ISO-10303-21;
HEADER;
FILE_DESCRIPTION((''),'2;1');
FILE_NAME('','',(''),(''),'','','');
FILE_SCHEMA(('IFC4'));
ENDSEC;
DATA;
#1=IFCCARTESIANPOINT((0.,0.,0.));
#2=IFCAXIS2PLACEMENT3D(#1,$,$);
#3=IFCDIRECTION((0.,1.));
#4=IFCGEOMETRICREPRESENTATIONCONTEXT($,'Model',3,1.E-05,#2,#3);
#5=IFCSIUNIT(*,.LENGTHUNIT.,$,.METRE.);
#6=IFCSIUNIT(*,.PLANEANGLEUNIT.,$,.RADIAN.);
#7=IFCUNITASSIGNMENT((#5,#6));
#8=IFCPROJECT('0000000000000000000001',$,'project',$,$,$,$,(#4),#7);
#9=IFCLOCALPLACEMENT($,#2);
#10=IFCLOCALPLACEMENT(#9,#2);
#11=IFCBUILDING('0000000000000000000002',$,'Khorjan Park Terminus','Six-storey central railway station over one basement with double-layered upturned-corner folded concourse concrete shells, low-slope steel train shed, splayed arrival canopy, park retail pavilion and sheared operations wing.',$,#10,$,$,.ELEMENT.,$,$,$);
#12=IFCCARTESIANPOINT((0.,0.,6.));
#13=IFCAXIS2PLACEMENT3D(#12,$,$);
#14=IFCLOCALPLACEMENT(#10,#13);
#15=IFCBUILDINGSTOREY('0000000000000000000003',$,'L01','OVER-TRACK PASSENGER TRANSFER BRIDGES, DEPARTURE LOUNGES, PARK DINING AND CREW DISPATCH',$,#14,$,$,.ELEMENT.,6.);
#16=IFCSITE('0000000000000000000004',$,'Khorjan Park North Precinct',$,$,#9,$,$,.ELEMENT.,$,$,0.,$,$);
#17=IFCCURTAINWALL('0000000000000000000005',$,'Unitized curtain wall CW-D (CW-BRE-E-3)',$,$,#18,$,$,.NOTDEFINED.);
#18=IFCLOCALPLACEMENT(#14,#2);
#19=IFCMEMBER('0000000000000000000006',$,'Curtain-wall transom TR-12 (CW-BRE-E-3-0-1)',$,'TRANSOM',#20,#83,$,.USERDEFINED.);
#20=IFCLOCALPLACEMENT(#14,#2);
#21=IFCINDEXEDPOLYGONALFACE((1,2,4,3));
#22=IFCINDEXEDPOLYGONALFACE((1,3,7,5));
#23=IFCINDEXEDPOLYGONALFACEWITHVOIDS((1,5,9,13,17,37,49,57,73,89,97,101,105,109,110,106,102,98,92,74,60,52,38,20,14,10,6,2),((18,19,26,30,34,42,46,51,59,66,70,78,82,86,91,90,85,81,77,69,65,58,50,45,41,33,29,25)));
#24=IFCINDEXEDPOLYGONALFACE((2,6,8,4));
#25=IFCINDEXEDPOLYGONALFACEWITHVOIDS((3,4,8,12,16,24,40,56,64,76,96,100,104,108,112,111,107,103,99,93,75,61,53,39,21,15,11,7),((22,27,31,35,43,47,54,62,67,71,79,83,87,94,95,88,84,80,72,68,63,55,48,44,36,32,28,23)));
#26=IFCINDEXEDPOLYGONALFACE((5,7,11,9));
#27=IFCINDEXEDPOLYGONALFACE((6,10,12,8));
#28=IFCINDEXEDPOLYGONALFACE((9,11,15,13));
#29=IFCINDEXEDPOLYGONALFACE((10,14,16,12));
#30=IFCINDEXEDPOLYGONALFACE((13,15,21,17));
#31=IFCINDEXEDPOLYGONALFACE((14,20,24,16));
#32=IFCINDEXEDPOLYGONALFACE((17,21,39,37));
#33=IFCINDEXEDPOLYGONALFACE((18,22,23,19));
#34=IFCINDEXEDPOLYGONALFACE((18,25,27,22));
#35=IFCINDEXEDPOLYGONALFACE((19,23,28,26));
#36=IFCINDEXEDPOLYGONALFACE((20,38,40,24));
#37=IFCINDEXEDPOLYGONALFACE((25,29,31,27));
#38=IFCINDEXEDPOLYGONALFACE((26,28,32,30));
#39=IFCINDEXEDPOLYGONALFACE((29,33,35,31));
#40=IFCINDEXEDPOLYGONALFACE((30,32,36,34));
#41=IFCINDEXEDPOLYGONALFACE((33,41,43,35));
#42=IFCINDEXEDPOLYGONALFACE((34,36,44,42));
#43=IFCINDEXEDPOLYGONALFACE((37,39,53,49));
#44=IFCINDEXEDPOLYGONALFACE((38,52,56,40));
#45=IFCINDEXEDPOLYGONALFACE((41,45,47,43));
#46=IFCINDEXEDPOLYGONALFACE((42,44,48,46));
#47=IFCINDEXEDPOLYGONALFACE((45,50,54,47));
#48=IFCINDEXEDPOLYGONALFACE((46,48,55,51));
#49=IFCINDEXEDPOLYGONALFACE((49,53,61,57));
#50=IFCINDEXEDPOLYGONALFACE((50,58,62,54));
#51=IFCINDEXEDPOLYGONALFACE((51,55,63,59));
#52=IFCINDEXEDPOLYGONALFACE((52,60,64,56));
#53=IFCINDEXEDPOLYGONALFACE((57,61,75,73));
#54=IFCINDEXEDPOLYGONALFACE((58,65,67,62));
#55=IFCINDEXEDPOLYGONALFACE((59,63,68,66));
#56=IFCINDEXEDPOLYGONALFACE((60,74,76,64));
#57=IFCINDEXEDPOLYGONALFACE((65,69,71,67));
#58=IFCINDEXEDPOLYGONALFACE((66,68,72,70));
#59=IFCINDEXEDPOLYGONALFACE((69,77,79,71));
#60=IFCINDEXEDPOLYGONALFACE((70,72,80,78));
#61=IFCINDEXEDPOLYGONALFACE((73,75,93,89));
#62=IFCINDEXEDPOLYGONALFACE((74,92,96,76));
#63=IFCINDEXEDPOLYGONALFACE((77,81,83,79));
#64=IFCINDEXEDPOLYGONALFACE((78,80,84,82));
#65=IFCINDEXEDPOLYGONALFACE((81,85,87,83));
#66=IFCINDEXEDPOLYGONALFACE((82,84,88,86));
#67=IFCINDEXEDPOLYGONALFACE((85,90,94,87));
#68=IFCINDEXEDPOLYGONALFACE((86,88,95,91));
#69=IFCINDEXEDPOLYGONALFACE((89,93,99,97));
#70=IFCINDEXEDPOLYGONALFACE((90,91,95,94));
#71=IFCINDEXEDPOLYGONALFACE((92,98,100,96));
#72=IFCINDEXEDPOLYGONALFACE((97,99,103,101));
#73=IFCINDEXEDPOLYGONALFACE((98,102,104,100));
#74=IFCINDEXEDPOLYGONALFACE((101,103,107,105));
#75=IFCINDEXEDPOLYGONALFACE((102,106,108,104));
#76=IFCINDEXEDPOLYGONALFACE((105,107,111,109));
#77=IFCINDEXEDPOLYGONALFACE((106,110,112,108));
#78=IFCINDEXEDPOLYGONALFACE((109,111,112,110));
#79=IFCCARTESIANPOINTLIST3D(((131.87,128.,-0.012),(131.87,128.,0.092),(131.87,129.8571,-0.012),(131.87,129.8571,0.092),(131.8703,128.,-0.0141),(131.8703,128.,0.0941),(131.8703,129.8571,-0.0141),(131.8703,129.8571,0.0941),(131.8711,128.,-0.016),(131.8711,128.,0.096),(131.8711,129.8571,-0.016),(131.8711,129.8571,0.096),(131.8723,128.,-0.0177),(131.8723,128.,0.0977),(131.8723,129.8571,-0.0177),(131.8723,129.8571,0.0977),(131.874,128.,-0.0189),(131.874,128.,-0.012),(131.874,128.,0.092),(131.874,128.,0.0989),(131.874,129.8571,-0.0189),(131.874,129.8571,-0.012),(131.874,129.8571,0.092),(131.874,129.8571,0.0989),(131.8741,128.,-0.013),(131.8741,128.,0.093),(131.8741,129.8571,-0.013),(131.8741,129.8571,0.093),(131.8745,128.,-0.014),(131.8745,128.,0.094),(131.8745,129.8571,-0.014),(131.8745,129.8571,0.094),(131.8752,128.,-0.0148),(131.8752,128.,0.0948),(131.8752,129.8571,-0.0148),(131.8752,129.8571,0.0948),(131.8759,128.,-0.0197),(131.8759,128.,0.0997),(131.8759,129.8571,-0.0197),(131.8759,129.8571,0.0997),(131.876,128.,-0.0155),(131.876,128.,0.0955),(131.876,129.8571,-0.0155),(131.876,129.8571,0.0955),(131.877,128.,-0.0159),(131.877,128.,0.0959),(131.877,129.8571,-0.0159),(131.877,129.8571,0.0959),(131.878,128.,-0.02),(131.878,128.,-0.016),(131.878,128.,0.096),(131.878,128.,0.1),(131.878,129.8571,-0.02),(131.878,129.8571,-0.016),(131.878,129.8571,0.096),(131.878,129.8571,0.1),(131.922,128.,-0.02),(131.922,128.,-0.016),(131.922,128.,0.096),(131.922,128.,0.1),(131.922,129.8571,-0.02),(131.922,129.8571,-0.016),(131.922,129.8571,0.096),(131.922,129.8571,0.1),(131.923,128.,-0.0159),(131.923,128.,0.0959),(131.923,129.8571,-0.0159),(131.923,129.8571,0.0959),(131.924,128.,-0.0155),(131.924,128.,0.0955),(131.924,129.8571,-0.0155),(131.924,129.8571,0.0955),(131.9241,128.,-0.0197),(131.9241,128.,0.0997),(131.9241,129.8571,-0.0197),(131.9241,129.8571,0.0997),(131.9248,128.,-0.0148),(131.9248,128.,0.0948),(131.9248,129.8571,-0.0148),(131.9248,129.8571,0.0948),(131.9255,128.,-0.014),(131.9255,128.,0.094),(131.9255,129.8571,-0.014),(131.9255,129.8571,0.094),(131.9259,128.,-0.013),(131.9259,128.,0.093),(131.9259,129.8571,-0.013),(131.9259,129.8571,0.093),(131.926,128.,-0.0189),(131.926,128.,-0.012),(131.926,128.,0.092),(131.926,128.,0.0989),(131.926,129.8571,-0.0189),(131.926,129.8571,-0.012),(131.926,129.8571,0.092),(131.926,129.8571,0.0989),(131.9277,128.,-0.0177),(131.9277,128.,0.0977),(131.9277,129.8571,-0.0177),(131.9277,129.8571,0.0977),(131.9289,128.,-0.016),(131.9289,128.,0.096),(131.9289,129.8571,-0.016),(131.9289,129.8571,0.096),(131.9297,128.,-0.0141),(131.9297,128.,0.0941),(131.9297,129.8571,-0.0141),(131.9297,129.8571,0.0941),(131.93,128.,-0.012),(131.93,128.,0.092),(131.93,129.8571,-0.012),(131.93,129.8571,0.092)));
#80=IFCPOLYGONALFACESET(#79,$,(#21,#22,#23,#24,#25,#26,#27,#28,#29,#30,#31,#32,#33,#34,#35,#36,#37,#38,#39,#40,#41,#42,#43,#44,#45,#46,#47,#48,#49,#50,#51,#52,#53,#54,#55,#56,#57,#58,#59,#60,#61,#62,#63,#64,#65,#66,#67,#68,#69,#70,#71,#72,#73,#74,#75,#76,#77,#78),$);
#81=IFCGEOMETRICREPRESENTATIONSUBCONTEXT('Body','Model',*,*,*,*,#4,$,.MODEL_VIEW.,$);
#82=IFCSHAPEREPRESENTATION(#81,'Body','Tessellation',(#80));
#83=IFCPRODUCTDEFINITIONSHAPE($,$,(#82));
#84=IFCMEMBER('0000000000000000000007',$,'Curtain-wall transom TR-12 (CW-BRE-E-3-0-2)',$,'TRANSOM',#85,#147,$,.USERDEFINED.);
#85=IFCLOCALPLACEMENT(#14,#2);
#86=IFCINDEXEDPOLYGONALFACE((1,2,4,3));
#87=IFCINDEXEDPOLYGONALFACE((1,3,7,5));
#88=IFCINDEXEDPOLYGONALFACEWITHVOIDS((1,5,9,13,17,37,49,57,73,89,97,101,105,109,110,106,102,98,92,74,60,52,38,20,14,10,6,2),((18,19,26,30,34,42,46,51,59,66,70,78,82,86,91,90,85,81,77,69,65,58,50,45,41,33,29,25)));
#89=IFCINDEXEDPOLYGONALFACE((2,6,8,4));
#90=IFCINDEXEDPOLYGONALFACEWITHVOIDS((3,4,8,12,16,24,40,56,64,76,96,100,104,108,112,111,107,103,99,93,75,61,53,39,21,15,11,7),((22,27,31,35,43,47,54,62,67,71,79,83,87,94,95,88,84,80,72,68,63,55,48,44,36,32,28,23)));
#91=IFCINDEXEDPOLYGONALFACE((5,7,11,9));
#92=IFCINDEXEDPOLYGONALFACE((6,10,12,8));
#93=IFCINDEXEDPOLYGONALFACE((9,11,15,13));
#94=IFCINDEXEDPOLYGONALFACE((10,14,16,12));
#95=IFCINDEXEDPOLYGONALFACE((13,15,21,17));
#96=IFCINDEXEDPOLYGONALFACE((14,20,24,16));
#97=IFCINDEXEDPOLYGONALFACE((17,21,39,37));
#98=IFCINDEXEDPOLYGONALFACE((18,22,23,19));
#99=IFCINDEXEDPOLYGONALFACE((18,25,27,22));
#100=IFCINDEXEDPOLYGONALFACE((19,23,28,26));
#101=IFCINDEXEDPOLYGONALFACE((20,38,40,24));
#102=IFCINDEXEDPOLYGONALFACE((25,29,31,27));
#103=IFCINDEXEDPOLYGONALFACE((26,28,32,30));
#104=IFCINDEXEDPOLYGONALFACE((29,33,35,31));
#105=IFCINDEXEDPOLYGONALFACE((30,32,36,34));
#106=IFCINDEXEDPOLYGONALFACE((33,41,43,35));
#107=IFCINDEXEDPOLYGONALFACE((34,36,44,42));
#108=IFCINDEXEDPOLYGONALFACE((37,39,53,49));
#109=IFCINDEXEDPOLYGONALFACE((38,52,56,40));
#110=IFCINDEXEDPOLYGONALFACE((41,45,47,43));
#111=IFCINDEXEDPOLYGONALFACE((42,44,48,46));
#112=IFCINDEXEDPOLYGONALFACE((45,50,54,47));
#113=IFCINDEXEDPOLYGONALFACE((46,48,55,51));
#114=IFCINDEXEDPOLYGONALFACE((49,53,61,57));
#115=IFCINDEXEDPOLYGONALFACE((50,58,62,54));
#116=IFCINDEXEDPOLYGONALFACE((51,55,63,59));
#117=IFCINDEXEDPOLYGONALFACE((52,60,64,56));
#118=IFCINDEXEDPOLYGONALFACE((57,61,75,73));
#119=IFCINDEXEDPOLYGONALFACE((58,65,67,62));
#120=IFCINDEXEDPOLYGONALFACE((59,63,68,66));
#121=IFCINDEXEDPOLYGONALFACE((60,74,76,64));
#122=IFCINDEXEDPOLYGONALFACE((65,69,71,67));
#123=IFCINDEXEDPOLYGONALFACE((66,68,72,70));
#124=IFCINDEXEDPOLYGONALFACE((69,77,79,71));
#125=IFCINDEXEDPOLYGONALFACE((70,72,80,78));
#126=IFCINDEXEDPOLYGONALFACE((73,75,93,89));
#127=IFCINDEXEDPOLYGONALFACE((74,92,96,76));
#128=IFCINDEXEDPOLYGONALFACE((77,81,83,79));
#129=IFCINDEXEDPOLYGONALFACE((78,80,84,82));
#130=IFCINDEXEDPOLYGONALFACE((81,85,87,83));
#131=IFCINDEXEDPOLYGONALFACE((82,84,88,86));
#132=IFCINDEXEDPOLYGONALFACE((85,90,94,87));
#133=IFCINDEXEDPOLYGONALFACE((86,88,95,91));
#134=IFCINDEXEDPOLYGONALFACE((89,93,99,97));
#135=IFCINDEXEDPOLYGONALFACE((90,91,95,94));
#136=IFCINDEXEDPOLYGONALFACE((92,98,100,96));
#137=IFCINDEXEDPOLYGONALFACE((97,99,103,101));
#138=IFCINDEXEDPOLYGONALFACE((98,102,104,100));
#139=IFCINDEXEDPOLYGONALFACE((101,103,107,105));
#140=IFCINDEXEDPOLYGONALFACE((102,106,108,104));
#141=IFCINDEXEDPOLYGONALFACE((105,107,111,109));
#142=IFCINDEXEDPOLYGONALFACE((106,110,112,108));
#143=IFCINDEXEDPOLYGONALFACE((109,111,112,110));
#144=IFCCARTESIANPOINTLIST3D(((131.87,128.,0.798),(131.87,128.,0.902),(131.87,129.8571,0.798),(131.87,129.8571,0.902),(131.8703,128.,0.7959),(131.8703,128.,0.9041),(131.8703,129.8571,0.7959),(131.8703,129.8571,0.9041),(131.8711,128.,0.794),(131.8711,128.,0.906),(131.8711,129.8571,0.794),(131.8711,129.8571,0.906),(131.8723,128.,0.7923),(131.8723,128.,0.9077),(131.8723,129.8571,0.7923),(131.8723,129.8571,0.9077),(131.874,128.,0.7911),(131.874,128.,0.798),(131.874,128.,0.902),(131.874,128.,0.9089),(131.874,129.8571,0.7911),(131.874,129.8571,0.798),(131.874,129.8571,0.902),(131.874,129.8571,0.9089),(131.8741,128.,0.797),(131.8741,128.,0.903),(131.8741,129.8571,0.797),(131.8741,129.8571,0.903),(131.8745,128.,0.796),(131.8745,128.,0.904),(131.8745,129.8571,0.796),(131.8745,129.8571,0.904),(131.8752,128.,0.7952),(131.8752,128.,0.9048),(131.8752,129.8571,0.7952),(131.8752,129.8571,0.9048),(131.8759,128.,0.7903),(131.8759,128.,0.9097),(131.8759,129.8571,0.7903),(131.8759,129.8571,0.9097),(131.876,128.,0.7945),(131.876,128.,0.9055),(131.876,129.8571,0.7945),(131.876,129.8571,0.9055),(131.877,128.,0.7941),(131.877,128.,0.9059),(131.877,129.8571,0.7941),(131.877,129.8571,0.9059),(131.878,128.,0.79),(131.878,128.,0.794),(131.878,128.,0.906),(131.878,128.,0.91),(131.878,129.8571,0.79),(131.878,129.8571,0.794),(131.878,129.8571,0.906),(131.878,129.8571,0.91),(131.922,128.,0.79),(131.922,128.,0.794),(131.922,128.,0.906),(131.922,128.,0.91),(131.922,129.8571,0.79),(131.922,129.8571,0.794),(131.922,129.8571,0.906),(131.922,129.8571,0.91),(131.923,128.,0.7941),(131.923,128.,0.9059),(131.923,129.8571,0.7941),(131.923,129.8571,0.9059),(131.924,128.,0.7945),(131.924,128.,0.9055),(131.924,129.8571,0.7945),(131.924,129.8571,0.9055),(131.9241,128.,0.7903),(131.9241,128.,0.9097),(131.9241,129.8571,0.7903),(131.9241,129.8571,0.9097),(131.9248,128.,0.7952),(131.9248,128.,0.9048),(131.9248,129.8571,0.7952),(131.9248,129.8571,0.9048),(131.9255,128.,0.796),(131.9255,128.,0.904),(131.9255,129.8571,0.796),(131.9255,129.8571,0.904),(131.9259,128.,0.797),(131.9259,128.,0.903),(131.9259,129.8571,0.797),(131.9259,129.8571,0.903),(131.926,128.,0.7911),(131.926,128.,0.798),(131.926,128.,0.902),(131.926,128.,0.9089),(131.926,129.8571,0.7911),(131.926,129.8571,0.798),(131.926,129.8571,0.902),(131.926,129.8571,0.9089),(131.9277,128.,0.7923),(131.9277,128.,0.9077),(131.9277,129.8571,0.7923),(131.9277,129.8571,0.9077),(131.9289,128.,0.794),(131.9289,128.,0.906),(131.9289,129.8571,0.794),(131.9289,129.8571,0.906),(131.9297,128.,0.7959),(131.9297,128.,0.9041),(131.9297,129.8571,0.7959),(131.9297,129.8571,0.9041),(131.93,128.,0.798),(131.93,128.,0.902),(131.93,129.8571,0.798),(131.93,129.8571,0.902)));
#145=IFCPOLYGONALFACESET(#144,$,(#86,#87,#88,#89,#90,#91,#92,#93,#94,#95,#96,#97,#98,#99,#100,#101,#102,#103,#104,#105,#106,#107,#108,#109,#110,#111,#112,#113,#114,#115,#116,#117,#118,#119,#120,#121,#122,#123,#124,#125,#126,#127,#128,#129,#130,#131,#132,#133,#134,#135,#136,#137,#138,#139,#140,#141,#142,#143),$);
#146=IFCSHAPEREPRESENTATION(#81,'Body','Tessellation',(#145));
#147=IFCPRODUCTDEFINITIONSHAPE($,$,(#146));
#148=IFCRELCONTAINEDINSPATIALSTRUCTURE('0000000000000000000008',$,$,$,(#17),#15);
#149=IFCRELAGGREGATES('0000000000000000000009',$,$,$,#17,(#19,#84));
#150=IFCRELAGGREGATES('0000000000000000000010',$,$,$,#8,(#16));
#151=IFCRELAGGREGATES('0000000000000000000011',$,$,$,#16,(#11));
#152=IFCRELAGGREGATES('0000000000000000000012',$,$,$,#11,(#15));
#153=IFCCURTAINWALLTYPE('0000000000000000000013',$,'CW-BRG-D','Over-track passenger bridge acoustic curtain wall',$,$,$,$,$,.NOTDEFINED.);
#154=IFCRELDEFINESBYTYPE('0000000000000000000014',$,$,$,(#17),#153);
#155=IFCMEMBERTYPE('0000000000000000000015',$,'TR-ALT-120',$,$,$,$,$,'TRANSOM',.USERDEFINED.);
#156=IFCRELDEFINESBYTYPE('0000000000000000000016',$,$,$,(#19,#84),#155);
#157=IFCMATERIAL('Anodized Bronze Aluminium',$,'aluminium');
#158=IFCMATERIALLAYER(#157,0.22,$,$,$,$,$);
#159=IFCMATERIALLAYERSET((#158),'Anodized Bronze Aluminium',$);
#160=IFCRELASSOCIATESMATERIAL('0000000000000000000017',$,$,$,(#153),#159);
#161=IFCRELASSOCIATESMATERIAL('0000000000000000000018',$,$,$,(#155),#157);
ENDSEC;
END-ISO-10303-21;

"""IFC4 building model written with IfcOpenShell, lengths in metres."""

from ifc_helpers import new_model, si_unit, direction, frame, origin, origin_2d, place, context, subcontext, project, spatial, hollow_rectangle, extrude, material, layer, layer_set, material_profile, profile_set, type_object, element, aggregate, save


model = new_model("IFC4")

# Units and contexts
model_context = context("Model", 3, precision=1e-05, world=origin(), true_north=direction((0.0, 1.0)))
body_context = subcontext(model_context, "Body", "Model", "MODEL_VIEW")
ifc_project = project(units=[si_unit("LENGTHUNIT", "METRE"), si_unit("PLANEANGLEUNIT", "RADIAN")], contexts=[model_context])

# Site, building, storey
site_placement = place(None, origin())
site = spatial("IfcSite", under=ifc_project, at=site_placement, Name="Khorjan Park North Precinct", CompositionType="ELEMENT", RefElevation=0.0)
building_placement = place(site_placement, origin())
building = spatial("IfcBuilding", under=site, at=building_placement, Name="Khorjan Park Terminus", Description="Six-storey central railway station over one basement with double-layered upturned-corner folded concourse concrete shells, low-slope steel train shed, splayed arrival canopy, park retail pavilion and sheared operations wing.", CompositionType="ELEMENT")
storey_placement = place(building_placement, frame((0.0, 0.0, 6.0)))
storey = spatial("IfcBuildingStorey", under=building, at=storey_placement, Name="L01", Description="OVER-TRACK PASSENGER TRANSFER BRIDGES, DEPARTURE LOUNGES, PARK DINING AND CREW DISPATCH", CompositionType="ELEMENT", Elevation=6.0)

# Shared definitions
ifc_material_1 = material(Name="Anodized Bronze Aluminium", Category="aluminium")
ifc_layer_1 = layer(ifc_material_1, 0.22)
ifc_layer_set_1 = layer_set([ifc_layer_1], Name="Anodized Bronze Aluminium")
curtain_wall_type = type_object("IfcCurtainWallType", Name="CW-BRG-D", Description="Over-track passenger bridge acoustic curtain wall", PredefinedType="NOTDEFINED", material=ifc_layer_set_1)

# Curtain wall
curtain_wall_1_placement = place(storey_placement, origin())
curtain_wall_1 = element("IfcCurtainWall", 1, at=curtain_wall_1_placement, inside=storey, type_object=curtain_wall_type, Name="Unitized curtain wall CW-D (CW-BRE-E-3)", PredefinedType="NOTDEFINED")

# Members
ifc_material_profile_1 = material_profile(ifc_material_1, hollow_rectangle(XDim=0.06, YDim=0.12, WallThickness=0.004, InnerFilletRadius=0.004, OuterFilletRadius=0.008, at=origin_2d()), Name="ALT 60x120x4")
ifc_profile_set_1 = profile_set([ifc_material_profile_1], Name="Anodized Bronze Aluminium")
member_type_1 = type_object("IfcMemberType", Name="TR-ALT-120", ElementType="TRANSOM", PredefinedType="USERDEFINED", material=ifc_profile_set_1)
member_1_placement = place(storey_placement, frame((131.9, 128.0, 0.04), z_axis=(0.0, 1.0, 0.0), x_axis=(-1.0, 0.0, 0.0)))
member_1 = element("IfcMember", 2, at=member_1_placement, type_object=member_type_1, Name="Curtain-wall transom TR-12 (CW-BRE-E-3-0-1)", ObjectType="TRANSOM", PredefinedType="USERDEFINED", context=body_context, shape_type="SweptSolid", body=[
    extrude(hollow_rectangle(XDim=0.06, YDim=0.12, WallThickness=0.004, InnerFilletRadius=0.004, OuterFilletRadius=0.008, at=origin_2d()), origin(), (0.0, 0.0, 1.0), 1.8571),
])
member_2_placement = place(storey_placement, frame((131.9, 128.0, 0.85), z_axis=(0.0, 1.0, 0.0), x_axis=(-1.0, 0.0, 0.0)))
member_2 = element("IfcMember", 3, at=member_2_placement, type_object=member_type_1, Name="Curtain-wall transom TR-12 (CW-BRE-E-3-0-2)", ObjectType="TRANSOM", PredefinedType="USERDEFINED", context=body_context, shape_type="SweptSolid", body=[
    extrude(hollow_rectangle(XDim=0.06, YDim=0.12, WallThickness=0.004, InnerFilletRadius=0.004, OuterFilletRadius=0.008, at=origin_2d()), origin(), (0.0, 0.0, 1.0), 1.8571),
])

aggregate(curtain_wall_1, [member_1, member_2])

save(model, "model.ifc")
